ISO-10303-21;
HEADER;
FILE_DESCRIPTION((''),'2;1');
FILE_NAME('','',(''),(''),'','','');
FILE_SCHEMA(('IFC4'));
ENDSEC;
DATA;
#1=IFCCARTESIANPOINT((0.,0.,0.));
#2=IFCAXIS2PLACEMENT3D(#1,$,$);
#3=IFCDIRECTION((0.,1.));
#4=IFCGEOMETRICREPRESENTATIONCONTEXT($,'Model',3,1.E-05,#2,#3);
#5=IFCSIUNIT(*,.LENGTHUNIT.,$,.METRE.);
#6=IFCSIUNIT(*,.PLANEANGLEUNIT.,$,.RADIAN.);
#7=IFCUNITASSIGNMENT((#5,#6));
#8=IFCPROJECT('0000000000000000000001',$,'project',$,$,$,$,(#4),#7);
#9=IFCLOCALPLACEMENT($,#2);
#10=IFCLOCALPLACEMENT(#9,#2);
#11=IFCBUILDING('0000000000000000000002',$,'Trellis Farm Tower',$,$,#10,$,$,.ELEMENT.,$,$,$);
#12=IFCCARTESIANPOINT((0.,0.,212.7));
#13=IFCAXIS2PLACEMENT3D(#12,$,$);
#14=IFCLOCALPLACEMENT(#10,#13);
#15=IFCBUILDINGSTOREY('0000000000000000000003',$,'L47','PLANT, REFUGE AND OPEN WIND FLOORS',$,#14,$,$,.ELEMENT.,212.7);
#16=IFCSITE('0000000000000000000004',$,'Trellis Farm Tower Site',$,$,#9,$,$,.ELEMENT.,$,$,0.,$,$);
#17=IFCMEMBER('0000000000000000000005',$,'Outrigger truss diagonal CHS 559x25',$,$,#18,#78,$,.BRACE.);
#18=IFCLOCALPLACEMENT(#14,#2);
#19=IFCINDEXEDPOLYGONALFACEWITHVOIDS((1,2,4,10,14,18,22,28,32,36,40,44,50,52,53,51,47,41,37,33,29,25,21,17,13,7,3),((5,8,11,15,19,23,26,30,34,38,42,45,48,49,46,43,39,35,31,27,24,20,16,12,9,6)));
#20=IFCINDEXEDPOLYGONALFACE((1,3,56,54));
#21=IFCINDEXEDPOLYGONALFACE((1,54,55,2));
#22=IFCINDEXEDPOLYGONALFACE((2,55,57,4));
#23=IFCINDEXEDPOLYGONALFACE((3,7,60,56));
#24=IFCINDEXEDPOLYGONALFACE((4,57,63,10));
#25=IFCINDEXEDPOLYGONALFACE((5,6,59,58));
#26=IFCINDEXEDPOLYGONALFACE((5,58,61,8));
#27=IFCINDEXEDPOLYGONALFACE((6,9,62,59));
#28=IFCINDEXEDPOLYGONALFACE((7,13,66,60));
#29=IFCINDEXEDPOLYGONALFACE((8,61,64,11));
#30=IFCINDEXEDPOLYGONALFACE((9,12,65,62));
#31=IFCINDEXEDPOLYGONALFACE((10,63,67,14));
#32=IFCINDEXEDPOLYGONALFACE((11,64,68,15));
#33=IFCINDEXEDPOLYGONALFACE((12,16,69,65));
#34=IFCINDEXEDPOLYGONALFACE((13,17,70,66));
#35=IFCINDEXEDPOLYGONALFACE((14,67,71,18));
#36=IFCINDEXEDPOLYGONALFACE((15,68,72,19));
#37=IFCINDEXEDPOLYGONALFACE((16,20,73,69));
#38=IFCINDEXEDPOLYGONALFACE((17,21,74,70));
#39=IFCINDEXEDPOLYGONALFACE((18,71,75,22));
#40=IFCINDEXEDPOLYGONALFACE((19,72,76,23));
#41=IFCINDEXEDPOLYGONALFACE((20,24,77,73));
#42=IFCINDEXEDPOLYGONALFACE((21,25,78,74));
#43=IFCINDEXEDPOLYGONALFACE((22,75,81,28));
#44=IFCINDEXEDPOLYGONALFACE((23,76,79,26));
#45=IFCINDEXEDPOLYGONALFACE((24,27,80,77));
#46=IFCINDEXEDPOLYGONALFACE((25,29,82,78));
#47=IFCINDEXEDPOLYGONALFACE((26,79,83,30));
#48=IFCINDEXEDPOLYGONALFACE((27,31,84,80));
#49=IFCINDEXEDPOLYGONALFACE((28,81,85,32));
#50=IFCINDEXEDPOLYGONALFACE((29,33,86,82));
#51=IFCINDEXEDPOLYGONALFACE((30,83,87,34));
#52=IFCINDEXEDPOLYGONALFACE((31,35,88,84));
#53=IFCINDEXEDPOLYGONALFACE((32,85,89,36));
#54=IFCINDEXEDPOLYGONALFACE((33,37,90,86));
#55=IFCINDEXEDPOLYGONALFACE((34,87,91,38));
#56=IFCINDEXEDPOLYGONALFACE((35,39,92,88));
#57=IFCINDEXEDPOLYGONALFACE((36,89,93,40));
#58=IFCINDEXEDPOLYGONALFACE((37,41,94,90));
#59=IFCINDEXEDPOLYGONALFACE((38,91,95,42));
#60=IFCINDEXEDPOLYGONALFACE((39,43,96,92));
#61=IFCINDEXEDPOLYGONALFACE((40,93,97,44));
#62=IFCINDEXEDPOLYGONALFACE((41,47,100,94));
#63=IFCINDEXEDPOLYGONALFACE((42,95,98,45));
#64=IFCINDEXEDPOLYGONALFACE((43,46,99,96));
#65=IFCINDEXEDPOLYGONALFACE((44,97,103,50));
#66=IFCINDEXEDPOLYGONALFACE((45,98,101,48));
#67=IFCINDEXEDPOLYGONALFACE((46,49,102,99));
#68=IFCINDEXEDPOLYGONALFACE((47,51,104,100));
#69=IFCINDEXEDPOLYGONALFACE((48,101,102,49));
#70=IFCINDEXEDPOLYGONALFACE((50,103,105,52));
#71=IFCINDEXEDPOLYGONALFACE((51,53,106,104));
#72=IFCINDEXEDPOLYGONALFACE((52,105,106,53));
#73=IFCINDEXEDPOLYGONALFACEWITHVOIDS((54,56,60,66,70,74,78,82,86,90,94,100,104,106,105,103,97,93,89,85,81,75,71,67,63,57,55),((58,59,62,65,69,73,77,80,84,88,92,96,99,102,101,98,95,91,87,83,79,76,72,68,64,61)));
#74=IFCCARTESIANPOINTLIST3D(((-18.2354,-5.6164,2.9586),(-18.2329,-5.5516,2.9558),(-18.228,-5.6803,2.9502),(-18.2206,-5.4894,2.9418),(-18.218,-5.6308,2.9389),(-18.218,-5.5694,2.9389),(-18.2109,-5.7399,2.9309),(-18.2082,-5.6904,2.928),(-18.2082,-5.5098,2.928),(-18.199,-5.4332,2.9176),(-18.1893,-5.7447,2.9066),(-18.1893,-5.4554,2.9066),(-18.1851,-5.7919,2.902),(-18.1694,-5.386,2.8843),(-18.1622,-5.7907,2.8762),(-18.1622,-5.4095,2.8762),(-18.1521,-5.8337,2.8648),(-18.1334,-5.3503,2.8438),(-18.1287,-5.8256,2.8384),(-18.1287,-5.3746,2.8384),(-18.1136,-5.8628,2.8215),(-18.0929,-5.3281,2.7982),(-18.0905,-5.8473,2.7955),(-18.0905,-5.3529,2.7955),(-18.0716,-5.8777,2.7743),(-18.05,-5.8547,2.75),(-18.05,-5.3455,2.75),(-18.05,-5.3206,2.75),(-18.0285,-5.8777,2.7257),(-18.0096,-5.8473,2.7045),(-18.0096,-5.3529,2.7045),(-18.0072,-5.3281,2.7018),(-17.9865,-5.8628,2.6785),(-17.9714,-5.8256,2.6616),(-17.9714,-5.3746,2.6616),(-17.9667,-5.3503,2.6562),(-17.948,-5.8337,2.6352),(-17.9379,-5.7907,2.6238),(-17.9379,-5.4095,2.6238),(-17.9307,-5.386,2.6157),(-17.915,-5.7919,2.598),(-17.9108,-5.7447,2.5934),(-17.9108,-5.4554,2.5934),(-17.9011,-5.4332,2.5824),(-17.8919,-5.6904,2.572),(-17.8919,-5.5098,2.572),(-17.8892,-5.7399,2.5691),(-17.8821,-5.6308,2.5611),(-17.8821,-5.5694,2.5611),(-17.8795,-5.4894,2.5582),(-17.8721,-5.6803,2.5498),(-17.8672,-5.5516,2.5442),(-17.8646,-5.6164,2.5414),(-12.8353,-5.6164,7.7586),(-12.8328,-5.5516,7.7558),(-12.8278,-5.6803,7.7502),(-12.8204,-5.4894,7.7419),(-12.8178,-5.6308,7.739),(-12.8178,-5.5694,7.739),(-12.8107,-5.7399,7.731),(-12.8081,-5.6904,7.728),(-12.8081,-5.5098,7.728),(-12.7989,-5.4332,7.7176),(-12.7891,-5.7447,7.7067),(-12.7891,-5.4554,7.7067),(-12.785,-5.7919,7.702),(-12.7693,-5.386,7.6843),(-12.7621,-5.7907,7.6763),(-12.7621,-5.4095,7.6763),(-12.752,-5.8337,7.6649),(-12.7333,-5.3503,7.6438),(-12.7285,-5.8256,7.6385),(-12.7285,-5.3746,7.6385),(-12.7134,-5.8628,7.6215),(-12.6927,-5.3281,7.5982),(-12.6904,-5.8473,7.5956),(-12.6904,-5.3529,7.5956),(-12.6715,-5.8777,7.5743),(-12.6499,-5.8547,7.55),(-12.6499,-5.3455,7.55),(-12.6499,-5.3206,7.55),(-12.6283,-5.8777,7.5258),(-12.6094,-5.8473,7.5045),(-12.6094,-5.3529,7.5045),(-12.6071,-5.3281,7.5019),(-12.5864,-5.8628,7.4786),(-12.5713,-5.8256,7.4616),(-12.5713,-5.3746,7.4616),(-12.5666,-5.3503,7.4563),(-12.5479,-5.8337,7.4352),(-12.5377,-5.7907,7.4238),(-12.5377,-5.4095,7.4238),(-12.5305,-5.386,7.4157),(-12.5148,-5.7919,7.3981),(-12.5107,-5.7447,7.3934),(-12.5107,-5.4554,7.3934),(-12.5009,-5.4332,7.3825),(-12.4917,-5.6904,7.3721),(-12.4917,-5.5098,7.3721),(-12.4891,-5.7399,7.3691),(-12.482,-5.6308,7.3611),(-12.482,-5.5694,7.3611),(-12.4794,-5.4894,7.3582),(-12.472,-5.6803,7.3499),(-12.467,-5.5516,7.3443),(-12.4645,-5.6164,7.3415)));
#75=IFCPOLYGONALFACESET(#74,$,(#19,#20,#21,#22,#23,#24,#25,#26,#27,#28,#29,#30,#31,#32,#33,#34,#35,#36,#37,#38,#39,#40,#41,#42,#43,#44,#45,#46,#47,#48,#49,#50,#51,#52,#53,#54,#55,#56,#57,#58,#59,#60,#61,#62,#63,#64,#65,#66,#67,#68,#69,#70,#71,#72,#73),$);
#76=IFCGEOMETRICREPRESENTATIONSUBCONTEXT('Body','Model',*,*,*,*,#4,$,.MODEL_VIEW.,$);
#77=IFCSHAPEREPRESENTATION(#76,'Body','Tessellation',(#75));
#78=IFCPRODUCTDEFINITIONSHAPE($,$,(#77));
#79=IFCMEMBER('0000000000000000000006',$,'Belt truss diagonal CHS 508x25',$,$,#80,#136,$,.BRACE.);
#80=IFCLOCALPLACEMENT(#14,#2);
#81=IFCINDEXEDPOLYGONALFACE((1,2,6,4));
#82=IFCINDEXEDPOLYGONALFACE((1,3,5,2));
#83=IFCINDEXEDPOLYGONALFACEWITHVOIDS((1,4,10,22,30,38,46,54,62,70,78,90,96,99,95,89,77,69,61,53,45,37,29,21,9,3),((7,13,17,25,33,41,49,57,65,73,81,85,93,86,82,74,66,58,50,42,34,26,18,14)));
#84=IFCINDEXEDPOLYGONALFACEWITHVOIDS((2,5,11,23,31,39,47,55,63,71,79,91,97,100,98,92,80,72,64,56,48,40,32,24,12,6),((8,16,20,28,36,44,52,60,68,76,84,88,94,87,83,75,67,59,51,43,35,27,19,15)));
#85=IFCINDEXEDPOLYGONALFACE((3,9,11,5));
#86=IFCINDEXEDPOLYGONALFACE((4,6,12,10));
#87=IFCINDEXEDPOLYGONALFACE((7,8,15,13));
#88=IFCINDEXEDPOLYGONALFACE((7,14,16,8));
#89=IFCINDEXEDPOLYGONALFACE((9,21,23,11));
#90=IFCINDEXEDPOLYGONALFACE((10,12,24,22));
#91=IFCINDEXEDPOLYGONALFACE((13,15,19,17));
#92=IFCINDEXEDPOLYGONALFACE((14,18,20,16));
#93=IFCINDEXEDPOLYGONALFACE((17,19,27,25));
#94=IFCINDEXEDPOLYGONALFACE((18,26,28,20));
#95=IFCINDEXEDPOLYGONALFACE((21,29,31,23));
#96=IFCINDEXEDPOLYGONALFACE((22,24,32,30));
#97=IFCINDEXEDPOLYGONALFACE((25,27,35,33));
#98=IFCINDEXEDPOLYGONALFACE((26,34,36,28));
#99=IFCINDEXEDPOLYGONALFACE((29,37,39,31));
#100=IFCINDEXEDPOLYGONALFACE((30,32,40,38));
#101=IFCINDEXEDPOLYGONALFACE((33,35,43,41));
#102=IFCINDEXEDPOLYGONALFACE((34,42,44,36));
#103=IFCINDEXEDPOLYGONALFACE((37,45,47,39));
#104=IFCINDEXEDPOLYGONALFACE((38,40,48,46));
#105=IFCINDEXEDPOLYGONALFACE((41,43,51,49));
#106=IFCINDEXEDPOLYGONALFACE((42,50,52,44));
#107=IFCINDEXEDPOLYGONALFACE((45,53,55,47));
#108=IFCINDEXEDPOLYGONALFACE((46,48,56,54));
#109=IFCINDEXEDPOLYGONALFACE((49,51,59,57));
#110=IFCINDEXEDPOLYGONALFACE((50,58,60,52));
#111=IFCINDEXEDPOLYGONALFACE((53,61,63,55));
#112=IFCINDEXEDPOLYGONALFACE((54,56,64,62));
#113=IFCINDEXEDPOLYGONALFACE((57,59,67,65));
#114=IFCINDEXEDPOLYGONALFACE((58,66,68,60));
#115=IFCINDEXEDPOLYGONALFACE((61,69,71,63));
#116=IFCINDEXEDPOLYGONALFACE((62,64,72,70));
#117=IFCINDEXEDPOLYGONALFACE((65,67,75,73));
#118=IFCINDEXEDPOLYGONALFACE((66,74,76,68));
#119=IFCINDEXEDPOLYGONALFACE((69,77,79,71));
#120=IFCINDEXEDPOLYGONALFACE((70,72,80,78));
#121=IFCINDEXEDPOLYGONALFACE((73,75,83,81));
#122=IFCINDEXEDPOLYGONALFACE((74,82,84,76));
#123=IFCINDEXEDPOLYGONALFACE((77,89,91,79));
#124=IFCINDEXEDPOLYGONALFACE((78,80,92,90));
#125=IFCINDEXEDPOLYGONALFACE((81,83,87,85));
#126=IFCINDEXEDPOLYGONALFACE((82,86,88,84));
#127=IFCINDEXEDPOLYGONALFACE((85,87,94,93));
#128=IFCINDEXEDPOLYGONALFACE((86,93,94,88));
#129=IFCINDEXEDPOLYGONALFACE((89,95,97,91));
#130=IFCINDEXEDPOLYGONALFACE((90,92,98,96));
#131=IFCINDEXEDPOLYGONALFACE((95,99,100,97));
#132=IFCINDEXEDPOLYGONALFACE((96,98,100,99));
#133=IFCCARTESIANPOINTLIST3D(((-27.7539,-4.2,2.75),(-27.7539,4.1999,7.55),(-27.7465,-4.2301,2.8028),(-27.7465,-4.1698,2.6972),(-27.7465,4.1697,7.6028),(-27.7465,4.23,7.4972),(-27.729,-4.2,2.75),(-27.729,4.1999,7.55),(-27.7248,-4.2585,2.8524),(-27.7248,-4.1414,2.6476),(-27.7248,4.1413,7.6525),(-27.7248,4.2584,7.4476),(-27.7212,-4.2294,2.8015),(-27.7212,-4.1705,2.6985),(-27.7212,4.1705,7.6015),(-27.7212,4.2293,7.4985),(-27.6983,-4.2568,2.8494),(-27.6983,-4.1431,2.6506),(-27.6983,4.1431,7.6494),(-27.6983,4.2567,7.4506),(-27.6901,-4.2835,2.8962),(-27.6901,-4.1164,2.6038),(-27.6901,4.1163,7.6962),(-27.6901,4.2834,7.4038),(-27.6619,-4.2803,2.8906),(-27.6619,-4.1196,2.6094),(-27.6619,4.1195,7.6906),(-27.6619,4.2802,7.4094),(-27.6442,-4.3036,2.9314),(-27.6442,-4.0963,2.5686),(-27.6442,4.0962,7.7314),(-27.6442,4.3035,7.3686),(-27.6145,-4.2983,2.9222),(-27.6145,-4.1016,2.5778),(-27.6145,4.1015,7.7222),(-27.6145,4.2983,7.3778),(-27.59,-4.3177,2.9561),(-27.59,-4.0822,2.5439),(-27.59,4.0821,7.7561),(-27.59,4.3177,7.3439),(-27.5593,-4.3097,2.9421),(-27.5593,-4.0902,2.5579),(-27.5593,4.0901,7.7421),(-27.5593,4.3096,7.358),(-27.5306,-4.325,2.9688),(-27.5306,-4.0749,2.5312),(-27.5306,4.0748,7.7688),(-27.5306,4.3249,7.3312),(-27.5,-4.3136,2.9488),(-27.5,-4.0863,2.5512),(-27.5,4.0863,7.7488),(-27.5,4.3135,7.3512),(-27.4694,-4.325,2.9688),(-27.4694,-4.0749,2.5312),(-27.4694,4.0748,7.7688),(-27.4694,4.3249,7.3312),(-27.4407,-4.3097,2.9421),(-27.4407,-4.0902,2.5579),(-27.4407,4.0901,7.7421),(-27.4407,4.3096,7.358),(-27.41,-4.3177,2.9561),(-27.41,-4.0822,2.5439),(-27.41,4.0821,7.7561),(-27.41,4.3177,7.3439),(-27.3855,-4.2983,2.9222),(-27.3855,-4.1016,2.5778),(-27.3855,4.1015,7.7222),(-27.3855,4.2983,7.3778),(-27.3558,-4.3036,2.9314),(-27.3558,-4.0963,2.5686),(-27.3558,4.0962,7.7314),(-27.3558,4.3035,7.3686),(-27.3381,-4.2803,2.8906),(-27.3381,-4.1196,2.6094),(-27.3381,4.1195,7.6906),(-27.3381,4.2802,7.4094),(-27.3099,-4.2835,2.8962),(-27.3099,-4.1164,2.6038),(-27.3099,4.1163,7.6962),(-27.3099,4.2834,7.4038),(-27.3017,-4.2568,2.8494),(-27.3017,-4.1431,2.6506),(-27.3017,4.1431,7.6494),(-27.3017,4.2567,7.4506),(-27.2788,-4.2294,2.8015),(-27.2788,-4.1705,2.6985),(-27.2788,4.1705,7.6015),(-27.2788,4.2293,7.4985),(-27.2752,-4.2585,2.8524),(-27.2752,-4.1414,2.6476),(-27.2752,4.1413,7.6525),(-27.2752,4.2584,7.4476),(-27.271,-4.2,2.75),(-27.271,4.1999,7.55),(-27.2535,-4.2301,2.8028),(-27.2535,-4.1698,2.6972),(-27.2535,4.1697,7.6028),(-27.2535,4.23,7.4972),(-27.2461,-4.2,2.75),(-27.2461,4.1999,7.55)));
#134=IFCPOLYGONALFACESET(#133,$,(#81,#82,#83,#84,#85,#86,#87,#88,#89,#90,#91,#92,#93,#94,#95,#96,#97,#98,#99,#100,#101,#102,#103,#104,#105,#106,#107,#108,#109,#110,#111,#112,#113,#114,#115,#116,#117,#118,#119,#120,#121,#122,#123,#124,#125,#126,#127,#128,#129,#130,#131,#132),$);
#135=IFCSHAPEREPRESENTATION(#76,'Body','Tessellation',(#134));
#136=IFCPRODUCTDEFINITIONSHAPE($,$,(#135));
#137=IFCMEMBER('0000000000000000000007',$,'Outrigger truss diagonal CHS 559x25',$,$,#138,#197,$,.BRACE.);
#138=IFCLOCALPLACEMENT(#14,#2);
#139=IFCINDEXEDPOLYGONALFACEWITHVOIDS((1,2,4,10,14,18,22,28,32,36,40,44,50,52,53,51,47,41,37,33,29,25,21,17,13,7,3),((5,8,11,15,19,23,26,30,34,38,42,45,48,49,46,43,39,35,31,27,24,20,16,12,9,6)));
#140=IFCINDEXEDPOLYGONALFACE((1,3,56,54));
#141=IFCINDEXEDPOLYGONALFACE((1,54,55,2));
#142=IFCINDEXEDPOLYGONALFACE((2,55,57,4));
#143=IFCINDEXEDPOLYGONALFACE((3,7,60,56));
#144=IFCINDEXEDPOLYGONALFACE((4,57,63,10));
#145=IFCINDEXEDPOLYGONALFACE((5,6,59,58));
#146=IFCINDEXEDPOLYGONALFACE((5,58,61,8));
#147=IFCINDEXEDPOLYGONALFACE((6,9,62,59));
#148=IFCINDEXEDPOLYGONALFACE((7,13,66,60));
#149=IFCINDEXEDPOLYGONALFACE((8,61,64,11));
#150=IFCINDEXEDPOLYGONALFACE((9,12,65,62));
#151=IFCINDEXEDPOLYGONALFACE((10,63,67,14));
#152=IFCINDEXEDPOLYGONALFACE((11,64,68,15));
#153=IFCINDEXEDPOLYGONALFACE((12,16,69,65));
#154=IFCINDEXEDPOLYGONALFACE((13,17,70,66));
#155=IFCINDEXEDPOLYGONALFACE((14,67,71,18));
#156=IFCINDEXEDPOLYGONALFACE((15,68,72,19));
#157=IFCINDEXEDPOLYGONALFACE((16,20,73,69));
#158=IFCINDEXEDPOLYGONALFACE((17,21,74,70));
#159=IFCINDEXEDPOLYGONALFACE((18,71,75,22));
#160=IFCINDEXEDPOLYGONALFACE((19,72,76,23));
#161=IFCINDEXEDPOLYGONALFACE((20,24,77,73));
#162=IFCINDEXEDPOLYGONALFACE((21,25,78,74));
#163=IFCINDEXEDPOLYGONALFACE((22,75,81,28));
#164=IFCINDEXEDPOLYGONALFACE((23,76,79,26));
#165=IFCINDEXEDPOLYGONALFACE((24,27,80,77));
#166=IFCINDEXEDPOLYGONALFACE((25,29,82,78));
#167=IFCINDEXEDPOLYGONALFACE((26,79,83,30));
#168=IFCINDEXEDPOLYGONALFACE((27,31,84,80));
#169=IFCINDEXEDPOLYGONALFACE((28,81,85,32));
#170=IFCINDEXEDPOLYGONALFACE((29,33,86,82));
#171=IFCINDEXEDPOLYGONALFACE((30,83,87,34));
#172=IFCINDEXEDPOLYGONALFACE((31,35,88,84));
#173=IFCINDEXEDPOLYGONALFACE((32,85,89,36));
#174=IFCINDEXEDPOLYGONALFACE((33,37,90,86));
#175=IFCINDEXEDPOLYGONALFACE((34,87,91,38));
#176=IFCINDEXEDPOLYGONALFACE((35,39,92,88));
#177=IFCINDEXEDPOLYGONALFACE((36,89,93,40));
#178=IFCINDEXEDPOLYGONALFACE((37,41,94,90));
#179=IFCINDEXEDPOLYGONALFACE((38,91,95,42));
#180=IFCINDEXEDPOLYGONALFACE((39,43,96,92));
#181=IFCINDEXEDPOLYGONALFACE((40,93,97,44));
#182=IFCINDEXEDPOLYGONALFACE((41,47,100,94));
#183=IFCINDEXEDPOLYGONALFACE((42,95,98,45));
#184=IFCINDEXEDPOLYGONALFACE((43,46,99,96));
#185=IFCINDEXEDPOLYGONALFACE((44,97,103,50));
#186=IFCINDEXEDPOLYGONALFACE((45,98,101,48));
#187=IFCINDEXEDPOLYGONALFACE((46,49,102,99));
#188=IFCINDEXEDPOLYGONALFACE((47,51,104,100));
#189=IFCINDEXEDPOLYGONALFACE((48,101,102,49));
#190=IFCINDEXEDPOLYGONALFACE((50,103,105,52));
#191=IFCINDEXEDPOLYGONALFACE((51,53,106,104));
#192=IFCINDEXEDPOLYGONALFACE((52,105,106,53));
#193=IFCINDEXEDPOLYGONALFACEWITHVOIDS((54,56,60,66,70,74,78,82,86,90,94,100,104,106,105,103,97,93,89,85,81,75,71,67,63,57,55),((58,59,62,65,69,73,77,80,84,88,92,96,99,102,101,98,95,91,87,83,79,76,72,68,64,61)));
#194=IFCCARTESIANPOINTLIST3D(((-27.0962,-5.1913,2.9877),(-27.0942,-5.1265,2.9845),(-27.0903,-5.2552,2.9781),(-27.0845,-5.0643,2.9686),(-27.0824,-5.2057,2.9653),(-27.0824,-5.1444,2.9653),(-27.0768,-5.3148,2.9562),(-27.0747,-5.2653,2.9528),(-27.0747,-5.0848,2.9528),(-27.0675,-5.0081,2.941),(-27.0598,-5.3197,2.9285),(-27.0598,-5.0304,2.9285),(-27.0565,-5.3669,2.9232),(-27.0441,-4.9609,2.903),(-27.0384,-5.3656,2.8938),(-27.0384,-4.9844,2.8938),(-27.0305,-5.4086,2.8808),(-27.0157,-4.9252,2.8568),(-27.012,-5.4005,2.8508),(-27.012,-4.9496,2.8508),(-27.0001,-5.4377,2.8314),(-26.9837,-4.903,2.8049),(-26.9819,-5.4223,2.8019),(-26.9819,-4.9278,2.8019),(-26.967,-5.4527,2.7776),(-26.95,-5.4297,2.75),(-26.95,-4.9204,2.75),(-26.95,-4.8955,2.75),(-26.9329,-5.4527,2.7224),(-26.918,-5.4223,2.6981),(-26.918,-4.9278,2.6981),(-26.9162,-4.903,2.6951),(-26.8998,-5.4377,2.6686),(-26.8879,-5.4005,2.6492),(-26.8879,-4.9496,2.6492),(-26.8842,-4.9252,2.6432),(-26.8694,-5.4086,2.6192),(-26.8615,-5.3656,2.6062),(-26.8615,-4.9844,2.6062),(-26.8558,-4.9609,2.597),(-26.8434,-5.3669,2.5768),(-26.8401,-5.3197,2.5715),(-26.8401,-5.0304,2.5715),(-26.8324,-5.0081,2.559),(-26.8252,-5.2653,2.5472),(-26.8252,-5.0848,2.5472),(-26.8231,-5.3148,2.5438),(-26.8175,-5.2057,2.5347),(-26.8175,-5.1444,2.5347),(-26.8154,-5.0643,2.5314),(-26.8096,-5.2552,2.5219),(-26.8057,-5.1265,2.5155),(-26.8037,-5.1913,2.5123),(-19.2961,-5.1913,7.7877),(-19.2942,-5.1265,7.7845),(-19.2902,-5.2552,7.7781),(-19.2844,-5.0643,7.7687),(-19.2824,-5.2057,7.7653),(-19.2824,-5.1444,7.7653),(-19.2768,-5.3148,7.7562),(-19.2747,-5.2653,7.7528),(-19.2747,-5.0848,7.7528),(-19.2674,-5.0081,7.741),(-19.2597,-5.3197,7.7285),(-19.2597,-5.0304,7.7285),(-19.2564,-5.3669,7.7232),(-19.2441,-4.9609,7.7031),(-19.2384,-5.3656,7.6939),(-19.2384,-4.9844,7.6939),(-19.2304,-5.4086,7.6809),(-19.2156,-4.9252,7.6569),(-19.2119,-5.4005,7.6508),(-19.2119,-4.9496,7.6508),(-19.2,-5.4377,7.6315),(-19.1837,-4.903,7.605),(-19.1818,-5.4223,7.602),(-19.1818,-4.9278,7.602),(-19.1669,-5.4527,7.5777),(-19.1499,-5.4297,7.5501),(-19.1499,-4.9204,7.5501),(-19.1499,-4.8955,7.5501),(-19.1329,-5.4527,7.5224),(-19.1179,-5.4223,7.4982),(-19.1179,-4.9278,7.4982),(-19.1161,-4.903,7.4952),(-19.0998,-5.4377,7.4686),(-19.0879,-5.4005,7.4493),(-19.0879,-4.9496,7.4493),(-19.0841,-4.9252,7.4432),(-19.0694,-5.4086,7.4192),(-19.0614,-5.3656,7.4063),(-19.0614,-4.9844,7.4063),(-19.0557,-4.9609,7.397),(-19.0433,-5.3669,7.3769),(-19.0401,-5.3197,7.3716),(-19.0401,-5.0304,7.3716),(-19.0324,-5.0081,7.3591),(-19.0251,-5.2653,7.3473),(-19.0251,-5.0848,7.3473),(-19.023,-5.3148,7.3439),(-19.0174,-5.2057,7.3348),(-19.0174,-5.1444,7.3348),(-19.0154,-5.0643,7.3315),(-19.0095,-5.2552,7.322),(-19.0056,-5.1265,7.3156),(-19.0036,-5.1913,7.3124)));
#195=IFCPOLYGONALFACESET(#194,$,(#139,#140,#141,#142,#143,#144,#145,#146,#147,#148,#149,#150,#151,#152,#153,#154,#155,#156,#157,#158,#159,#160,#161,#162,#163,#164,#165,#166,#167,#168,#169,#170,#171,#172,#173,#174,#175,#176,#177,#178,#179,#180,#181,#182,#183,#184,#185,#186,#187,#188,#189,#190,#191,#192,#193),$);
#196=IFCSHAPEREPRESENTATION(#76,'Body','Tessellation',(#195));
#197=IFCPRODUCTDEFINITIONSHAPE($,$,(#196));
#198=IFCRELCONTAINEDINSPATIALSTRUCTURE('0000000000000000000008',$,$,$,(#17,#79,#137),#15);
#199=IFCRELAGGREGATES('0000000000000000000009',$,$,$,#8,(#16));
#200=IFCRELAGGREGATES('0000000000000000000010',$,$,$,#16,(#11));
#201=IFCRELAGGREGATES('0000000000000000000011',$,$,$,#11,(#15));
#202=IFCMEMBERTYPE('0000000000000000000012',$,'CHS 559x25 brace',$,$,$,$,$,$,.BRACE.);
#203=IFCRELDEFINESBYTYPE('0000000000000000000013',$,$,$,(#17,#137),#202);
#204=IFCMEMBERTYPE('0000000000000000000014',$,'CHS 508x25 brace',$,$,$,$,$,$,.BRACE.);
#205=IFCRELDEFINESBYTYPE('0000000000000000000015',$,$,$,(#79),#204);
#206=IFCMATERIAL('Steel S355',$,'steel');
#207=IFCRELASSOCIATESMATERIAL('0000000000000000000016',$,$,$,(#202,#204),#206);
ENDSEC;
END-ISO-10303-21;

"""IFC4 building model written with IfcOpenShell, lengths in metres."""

from ifc_helpers import new_model, si_unit, direction, frame, origin, origin_2d, place, context, subcontext, project, spatial, hollow_circle, extrude, source, transform, mapped, material, material_profile, profile_set, type_object, element, save


model = new_model("IFC4")

# Units and contexts
model_context = context("Model", 3, precision=1e-05, world=origin(), true_north=direction((0.0, 1.0)))
body_context = subcontext(model_context, "Body", "Model", "MODEL_VIEW")
ifc_project = project(units=[si_unit("LENGTHUNIT", "METRE"), si_unit("PLANEANGLEUNIT", "RADIAN")], contexts=[model_context])

# Site, building, storey
site_placement = place(None, origin())
site = spatial("IfcSite", under=ifc_project, at=site_placement, Name="Trellis Farm Tower Site", CompositionType="ELEMENT", RefElevation=0.0)
building_placement = place(site_placement, origin())
building = spatial("IfcBuilding", under=site, at=building_placement, Name="Trellis Farm Tower", CompositionType="ELEMENT")
storey_placement = place(building_placement, frame((0.0, 0.0, 212.7)))
storey = spatial("IfcBuildingStorey", under=building, at=storey_placement, Name="L47", Description="PLANT, REFUGE AND OPEN WIND FLOORS", CompositionType="ELEMENT", Elevation=212.7)

# Shared definitions
ifc_material_1 = material(Name="Steel S355", Category="steel")

# Members
ifc_material_profile_1 = material_profile(ifc_material_1, hollow_circle(Radius=0.2795, WallThickness=0.0249, at=origin_2d()), Name="CHS 559x25")
ifc_profile_set_1 = profile_set([ifc_material_profile_1], Name="Steel S355")
member_type_1 = type_object("IfcMemberType", Name="CHS 559x25 brace", PredefinedType="BRACE", material=ifc_profile_set_1)
shared_shape_1 = source(origin(), body_context, "Body", "SweptSolid", [
    extrude(hollow_circle(Radius=0.2795, WallThickness=0.0249, at=origin_2d()), origin(), (0.0, 0.0, 1.0), 7.2251),
])
member_1_placement = place(storey_placement, frame((-18.05, -5.6001, 2.75), z_axis=(0.747415, 0.0, 0.664358), x_axis=(0.0, 1.0, 0.0)))
element("IfcMember", 1, at=member_1_placement, inside=storey, type_object=member_type_1, Name="Outrigger truss diagonal CHS 559x25", PredefinedType="BRACE", context=body_context, shape_type="MappedRepresentation", body=[
    mapped(shared_shape_1, transform((0.0, 0.0, 0.0))),
])
ifc_material_profile_2 = material_profile(ifc_material_1, hollow_circle(Radius=0.2539, WallThickness=0.0249, at=origin_2d()), Name="CHS 508x25")
ifc_profile_set_2 = profile_set([ifc_material_profile_2], Name="Steel S355")
member_type_2 = type_object("IfcMemberType", Name="CHS 508x25 brace", PredefinedType="BRACE", material=ifc_profile_set_2)
shared_shape_2 = source(origin(), body_context, "Body", "SweptSolid", [
    extrude(hollow_circle(Radius=0.2539, WallThickness=0.0249, at=origin_2d()), origin(), (0.0, 0.0, 1.0), 9.6746),
])
member_2_placement = place(storey_placement, frame((-27.5, -4.2, 2.75), z_axis=(0.0, 0.868238, 0.496147), x_axis=(-1.0, 0.0, 0.0)))
element("IfcMember", 2, at=member_2_placement, inside=storey, type_object=member_type_2, Name="Belt truss diagonal CHS 508x25", PredefinedType="BRACE", context=body_context, shape_type="MappedRepresentation", body=[
    mapped(shared_shape_2, transform((0.0, 0.0, 0.0))),
])
shared_shape_3 = source(origin(), body_context, "Body", "SweptSolid", [
    extrude(hollow_circle(Radius=0.2795, WallThickness=0.0249, at=origin_2d()), origin(), (0.0, 0.0, 1.0), 9.1587),
])
member_3_placement = place(storey_placement, frame((-26.95, -5.175, 2.75), z_axis=(0.851657, 0.0, 0.524099), x_axis=(0.0, 1.0, 0.0)))
element("IfcMember", 3, at=member_3_placement, inside=storey, type_object=member_type_1, Name="Outrigger truss diagonal CHS 559x25", PredefinedType="BRACE", context=body_context, shape_type="MappedRepresentation", body=[
    mapped(shared_shape_3, transform((0.0, 0.0, 0.0))),
])

save(model, "model.ifc")
